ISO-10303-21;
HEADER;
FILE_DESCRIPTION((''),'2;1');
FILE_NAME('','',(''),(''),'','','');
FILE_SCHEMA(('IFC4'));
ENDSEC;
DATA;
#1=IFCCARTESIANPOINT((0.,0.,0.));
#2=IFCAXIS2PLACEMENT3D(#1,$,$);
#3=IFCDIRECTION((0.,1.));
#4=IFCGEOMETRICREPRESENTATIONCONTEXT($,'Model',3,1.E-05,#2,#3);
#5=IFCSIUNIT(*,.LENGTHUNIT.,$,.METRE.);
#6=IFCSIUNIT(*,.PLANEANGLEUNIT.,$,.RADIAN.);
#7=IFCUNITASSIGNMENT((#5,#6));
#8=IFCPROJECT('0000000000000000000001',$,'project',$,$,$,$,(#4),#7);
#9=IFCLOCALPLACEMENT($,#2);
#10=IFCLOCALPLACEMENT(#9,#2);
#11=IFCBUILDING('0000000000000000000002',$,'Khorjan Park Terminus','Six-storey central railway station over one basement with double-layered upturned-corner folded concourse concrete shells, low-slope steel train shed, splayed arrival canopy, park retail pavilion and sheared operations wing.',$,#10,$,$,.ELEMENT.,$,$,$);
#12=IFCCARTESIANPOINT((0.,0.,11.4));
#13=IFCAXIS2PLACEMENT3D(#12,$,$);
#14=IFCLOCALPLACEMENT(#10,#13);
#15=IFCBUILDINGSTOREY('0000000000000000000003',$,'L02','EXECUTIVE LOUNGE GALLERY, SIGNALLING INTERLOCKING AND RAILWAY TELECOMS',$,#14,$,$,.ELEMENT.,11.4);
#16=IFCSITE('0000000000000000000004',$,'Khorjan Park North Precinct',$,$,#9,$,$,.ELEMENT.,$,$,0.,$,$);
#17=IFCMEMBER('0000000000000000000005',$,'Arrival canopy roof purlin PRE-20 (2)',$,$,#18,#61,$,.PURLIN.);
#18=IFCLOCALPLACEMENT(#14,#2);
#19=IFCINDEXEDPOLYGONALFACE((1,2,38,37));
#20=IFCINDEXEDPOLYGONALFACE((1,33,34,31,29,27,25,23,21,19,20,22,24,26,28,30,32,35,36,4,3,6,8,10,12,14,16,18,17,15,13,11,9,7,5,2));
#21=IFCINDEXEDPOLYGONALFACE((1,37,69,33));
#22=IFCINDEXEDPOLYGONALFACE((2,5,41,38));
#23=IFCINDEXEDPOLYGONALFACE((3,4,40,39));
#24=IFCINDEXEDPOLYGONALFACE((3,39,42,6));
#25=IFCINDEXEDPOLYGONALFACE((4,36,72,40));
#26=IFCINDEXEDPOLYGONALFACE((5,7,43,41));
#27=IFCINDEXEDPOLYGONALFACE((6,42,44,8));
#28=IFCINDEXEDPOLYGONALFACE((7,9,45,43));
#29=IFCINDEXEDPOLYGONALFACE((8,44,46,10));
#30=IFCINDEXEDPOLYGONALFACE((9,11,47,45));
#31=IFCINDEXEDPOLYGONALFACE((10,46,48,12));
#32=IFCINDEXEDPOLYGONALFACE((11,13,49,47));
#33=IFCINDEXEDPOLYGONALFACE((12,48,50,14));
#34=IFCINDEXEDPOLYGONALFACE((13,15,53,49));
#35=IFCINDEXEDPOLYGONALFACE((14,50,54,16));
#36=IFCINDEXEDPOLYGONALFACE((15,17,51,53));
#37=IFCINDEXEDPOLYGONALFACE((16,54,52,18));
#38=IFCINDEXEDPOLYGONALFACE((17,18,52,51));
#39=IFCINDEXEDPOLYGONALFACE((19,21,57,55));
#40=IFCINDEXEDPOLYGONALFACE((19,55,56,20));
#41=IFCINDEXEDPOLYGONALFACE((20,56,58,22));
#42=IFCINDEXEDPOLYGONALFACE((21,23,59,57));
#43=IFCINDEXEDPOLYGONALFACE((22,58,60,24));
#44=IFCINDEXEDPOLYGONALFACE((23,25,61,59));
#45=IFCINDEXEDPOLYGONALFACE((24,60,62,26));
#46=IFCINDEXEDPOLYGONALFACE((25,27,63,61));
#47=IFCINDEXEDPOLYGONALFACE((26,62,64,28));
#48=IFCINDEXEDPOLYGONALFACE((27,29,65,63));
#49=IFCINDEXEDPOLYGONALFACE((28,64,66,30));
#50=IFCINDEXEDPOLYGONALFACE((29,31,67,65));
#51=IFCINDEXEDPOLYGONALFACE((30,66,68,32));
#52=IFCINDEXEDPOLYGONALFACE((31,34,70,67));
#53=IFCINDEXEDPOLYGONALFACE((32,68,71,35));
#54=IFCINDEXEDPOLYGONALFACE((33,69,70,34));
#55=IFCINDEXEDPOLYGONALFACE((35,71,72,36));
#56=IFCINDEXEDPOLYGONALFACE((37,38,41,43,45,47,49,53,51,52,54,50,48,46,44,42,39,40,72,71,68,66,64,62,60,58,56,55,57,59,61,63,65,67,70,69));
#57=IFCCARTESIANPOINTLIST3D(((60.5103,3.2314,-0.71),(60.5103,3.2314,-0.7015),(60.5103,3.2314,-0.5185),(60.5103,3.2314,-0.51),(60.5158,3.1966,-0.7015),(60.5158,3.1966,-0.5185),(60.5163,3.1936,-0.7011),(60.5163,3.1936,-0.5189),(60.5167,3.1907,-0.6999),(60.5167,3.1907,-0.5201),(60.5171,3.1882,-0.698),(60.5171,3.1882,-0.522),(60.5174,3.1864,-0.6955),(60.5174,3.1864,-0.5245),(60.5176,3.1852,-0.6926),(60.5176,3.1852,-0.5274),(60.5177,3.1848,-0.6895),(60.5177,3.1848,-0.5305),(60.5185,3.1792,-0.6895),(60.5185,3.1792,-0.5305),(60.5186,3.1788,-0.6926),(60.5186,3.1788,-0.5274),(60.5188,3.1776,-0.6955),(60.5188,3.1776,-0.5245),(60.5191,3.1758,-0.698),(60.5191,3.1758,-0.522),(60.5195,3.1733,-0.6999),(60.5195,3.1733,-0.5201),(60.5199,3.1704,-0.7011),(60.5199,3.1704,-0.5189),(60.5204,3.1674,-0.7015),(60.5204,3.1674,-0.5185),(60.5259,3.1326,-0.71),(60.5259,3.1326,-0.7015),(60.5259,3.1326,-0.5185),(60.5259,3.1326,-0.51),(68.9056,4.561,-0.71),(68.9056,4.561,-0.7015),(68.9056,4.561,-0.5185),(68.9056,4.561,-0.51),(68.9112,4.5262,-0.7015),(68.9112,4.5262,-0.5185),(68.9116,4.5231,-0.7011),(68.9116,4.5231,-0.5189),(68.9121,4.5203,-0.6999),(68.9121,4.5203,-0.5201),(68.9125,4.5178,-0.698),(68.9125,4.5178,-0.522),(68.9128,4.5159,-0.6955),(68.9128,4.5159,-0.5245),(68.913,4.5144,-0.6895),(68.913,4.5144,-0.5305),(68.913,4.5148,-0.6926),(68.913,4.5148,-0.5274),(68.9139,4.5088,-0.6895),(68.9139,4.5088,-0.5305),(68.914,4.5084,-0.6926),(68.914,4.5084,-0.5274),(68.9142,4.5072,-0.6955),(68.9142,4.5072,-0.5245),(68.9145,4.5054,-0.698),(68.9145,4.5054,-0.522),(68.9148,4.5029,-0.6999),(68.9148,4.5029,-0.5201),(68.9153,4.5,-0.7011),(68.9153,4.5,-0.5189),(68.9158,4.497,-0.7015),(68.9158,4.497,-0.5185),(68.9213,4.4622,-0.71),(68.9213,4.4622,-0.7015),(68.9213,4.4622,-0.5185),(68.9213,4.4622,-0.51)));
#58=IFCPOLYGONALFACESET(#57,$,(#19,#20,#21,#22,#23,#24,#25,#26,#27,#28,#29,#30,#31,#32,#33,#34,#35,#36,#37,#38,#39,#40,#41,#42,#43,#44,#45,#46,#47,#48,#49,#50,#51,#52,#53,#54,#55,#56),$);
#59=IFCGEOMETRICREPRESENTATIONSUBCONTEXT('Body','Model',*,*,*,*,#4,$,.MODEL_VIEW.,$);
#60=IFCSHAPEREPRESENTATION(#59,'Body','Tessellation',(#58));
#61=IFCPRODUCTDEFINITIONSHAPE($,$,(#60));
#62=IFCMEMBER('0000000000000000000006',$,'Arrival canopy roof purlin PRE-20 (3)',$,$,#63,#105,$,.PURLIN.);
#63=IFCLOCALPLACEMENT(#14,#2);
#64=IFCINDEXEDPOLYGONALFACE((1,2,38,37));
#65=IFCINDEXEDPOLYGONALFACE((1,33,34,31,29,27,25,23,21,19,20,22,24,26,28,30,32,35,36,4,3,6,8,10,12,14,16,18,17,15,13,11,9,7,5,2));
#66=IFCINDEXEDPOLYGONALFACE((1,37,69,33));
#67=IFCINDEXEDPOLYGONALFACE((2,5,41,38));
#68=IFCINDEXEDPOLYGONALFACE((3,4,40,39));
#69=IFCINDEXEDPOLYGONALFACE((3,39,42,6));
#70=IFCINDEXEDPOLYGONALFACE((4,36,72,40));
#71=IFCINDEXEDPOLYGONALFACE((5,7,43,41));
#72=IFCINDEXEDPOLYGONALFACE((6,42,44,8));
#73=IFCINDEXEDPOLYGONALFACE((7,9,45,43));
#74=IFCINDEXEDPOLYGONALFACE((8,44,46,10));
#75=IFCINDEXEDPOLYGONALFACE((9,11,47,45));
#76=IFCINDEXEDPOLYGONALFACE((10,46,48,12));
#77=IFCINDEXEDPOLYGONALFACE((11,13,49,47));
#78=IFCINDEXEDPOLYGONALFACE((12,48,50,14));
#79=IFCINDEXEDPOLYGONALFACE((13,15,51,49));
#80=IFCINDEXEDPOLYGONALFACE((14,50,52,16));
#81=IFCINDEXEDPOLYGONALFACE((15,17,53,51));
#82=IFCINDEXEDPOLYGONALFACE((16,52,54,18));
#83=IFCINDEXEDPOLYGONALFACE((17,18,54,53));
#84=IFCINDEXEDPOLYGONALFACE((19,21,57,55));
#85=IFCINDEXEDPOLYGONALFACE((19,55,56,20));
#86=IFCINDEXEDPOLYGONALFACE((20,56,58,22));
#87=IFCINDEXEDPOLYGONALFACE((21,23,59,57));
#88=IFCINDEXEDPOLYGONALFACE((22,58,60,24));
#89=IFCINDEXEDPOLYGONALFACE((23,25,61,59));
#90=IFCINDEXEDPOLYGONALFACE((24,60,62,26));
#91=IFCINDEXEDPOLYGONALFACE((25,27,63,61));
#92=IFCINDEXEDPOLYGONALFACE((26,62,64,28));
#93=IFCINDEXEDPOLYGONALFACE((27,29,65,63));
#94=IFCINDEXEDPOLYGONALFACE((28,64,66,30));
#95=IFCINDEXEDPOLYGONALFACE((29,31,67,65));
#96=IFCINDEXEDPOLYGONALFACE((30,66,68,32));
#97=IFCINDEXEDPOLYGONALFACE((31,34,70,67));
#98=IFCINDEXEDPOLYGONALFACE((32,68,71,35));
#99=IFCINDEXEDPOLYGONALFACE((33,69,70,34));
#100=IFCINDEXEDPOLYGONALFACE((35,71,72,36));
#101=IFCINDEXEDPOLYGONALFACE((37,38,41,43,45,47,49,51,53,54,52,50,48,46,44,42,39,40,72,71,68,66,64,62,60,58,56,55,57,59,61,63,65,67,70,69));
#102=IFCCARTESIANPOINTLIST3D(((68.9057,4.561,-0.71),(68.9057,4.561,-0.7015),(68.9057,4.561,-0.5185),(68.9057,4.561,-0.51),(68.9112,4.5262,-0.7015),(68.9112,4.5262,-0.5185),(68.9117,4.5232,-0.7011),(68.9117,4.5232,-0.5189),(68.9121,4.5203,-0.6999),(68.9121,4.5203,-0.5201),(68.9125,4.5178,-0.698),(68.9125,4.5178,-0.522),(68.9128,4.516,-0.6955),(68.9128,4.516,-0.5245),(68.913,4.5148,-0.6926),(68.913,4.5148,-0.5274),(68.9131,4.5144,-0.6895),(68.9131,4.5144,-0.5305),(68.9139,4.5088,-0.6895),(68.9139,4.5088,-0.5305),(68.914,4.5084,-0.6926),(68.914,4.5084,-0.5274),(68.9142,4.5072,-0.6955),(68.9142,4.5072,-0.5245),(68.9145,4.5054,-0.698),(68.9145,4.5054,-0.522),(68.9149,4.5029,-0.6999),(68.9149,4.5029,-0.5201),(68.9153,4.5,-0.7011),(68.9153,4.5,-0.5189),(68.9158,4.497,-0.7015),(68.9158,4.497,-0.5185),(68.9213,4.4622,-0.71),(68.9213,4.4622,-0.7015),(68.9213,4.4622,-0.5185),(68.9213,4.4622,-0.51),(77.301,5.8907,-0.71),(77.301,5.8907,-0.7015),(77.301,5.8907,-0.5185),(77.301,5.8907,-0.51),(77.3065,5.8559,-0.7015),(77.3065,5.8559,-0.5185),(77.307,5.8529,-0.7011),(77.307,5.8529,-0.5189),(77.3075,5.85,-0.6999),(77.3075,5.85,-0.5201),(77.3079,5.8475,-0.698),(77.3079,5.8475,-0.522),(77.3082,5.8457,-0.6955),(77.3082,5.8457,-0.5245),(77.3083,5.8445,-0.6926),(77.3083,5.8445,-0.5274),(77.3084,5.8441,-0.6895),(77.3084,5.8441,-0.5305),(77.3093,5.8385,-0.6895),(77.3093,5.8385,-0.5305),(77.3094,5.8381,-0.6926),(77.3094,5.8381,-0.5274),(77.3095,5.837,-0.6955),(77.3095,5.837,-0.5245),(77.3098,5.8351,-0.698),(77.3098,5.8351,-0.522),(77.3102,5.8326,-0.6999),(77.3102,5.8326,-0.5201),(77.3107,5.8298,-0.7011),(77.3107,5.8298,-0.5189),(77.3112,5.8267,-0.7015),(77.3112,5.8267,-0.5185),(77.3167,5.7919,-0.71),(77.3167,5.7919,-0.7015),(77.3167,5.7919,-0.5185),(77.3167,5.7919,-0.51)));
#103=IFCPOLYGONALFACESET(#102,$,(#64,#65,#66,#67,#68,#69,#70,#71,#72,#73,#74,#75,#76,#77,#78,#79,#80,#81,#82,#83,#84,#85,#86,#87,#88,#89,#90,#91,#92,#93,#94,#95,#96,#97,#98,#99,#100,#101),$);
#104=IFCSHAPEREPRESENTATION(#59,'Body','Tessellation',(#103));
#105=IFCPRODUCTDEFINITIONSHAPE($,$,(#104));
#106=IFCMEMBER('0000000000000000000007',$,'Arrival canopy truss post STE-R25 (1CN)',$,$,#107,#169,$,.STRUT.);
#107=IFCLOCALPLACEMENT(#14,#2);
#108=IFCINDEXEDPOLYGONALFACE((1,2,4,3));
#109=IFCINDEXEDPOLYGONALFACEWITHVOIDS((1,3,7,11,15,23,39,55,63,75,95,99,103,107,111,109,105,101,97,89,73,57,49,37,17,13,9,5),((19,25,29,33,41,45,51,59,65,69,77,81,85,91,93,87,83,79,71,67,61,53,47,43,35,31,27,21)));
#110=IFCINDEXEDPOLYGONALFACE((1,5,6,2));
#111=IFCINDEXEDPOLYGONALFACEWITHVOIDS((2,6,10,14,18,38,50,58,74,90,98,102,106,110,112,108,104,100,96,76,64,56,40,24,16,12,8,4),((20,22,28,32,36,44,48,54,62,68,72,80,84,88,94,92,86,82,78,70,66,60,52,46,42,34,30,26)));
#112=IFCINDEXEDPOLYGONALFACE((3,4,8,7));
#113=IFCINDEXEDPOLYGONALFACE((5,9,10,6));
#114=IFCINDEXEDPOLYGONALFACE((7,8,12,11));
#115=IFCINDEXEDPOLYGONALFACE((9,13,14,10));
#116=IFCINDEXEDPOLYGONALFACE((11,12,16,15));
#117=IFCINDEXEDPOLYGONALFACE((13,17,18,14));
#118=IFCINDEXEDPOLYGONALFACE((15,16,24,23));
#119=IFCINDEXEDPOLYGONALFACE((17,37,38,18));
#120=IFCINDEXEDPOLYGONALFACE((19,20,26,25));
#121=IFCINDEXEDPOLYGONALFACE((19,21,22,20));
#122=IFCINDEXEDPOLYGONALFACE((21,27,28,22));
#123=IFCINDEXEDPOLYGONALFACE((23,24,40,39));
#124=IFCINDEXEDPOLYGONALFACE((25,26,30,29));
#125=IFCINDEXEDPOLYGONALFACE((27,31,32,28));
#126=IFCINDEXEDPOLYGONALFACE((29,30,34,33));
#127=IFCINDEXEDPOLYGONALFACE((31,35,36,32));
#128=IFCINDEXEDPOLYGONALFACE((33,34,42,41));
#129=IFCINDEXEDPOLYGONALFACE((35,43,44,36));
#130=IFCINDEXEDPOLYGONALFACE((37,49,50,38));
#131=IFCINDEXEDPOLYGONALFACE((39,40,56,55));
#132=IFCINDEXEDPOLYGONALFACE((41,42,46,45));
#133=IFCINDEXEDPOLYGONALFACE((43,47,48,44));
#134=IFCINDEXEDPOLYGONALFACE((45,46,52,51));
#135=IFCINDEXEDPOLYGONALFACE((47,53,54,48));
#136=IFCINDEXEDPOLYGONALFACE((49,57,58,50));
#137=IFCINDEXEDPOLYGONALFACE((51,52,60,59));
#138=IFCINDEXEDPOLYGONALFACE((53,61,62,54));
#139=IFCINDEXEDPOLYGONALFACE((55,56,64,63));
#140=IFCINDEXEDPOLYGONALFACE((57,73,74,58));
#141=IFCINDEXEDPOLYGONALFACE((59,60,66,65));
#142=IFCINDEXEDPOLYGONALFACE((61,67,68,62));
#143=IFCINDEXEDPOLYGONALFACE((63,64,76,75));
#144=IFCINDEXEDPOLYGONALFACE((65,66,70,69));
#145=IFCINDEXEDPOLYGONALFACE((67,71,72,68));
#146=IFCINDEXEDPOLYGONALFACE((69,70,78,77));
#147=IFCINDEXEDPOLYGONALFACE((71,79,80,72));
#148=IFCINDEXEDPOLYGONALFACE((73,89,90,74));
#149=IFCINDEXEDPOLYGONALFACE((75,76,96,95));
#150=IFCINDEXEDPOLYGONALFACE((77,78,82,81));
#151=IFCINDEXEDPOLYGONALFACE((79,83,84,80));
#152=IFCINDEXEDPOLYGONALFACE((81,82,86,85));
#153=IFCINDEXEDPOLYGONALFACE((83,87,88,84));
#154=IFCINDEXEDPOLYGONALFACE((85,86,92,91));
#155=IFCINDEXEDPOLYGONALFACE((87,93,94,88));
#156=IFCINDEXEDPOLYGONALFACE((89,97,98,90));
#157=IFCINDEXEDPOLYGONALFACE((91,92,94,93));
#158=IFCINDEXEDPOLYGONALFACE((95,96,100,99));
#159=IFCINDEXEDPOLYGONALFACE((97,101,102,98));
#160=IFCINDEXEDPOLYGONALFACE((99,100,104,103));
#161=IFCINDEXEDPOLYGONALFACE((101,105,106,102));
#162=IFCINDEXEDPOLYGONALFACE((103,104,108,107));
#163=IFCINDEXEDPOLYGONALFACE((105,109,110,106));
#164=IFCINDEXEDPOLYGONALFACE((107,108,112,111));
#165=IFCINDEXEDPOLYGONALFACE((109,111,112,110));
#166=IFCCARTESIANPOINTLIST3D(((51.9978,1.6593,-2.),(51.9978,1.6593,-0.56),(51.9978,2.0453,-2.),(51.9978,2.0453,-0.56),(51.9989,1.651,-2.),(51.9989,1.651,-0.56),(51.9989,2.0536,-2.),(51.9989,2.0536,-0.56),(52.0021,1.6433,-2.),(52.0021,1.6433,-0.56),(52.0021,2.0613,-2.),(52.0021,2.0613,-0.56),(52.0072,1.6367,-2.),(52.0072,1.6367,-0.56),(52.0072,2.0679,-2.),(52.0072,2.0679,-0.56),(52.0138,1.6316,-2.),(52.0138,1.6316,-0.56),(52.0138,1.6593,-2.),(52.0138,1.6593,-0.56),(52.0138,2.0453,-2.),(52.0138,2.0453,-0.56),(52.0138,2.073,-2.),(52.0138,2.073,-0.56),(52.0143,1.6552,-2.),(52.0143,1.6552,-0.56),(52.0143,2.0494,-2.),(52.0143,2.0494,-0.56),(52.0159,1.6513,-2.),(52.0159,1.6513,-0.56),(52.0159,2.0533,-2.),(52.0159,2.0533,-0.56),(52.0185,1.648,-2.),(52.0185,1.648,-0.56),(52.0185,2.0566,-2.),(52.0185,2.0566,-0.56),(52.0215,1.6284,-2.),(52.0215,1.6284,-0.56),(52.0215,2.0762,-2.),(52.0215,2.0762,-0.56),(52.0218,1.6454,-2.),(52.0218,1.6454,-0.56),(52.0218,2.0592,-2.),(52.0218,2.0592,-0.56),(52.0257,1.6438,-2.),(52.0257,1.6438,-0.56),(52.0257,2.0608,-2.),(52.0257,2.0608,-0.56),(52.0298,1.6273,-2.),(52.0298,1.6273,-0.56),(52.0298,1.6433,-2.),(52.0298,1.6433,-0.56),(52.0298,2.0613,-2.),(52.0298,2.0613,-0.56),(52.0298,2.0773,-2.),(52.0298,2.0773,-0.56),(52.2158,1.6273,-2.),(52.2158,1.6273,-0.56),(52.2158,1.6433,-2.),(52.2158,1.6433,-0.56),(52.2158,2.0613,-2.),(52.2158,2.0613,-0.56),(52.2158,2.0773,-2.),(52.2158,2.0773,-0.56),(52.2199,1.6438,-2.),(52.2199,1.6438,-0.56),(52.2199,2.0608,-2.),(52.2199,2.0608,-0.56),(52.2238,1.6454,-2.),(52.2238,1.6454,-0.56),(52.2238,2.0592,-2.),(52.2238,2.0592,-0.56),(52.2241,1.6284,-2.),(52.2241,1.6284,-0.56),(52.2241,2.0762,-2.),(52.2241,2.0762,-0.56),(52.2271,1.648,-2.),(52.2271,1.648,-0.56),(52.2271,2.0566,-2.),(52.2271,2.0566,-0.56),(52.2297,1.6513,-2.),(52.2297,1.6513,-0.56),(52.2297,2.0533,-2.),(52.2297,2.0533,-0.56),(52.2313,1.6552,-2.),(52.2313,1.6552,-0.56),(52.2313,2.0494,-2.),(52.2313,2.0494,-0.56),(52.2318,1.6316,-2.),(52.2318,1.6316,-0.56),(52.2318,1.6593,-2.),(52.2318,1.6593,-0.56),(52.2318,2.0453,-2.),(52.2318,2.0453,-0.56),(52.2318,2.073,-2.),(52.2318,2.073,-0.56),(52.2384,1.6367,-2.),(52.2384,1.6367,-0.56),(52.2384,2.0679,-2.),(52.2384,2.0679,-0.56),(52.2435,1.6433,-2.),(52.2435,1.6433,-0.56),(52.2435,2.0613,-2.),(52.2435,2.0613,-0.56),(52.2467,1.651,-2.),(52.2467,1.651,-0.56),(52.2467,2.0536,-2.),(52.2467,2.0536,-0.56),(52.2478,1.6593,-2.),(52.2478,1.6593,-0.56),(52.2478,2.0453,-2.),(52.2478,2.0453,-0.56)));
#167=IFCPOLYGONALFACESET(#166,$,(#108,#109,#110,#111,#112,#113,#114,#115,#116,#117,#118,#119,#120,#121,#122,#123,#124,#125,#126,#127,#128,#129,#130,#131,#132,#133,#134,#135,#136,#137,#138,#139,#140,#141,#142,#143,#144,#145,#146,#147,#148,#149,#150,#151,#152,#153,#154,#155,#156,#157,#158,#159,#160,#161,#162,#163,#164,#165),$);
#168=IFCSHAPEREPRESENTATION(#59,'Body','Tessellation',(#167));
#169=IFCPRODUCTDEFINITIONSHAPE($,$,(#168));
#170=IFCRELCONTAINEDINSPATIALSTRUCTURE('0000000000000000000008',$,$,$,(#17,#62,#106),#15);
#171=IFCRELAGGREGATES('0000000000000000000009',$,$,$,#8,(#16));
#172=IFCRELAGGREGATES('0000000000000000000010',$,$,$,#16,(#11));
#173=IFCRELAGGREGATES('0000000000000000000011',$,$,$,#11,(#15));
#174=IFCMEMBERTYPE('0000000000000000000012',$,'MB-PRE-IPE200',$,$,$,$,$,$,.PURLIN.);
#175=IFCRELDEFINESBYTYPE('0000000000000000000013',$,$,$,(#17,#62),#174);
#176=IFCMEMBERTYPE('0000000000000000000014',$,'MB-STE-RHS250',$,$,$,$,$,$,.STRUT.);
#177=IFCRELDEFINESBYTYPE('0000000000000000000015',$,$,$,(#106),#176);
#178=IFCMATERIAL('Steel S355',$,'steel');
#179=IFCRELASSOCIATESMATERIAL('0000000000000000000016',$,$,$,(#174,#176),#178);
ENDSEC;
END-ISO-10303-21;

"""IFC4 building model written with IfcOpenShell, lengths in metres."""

from ifc_helpers import new_model, si_unit, direction, frame, origin, origin_2d, place, context, subcontext, project, spatial, hollow_rectangle, i_section, extrude, material, material_profile, profile_set, type_object, element, save


model = new_model("IFC4")

# Units and contexts
model_context = context("Model", 3, precision=1e-05, world=origin(), true_north=direction((0.0, 1.0)))
body_context = subcontext(model_context, "Body", "Model", "MODEL_VIEW")
ifc_project = project(units=[si_unit("LENGTHUNIT", "METRE"), si_unit("PLANEANGLEUNIT", "RADIAN")], contexts=[model_context])

# Site, building, storey
site_placement = place(None, origin())
site = spatial("IfcSite", under=ifc_project, at=site_placement, Name="Khorjan Park North Precinct", CompositionType="ELEMENT", RefElevation=0.0)
building_placement = place(site_placement, origin())
building = spatial("IfcBuilding", under=site, at=building_placement, Name="Khorjan Park Terminus", Description="Six-storey central railway station over one basement with double-layered upturned-corner folded concourse concrete shells, low-slope steel train shed, splayed arrival canopy, park retail pavilion and sheared operations wing.", CompositionType="ELEMENT")
storey_placement = place(building_placement, frame((0.0, 0.0, 11.4)))
storey = spatial("IfcBuildingStorey", under=building, at=storey_placement, Name="L02", Description="EXECUTIVE LOUNGE GALLERY, SIGNALLING INTERLOCKING AND RAILWAY TELECOMS", CompositionType="ELEMENT", Elevation=11.4)

# Members
ifc_material_1 = material(Name="Steel S355", Category="steel")
ifc_material_profile_1 = material_profile(ifc_material_1, i_section(OverallWidth=0.1, OverallDepth=0.2, WebThickness=0.0056, FlangeThickness=0.0085, FilletRadius=0.012, at=origin_2d()), Name="IPE 200")
ifc_profile_set_1 = profile_set([ifc_material_profile_1], Name="Steel S355")
member_type_1 = type_object("IfcMemberType", Name="MB-PRE-IPE200", PredefinedType="PURLIN", material=ifc_profile_set_1)
for number, where, z_axis, x_axis, name in (
    (1, (60.5181, 3.182, -0.61), (0.98769, 0.156423, 0.0), (-0.156423, 0.98769, 0.0), "Arrival canopy roof purlin PRE-20 (2)"),
    (2, (68.9135, 4.5116, -0.61), (0.987688, 0.156436, 0.0), (-0.156436, 0.987688, 0.0), "Arrival canopy roof purlin PRE-20 (3)"),
):
    element("IfcMember", number, at=place(storey_placement, frame(where, z_axis=z_axis, x_axis=x_axis)), inside=storey, type_object=member_type_1, Name=name, PredefinedType="PURLIN", context=body_context, shape_type="SweptSolid", body=[
        extrude(i_section(OverallWidth=0.1, OverallDepth=0.2, WebThickness=0.0056, FlangeThickness=0.0085, FilletRadius=0.012, at=origin_2d()), origin(), (0.0, 0.0, 1.0), 8.5),
    ])
ifc_material_profile_2 = material_profile(ifc_material_1, hollow_rectangle(XDim=0.25, YDim=0.45, WallThickness=0.016, InnerFilletRadius=0.016, OuterFilletRadius=0.032, at=origin_2d()), Name="RHS 450x250x16")
ifc_profile_set_2 = profile_set([ifc_material_profile_2], Name="Steel S355")
member_type_2 = type_object("IfcMemberType", Name="MB-STE-RHS250", PredefinedType="STRUT", material=ifc_profile_set_2)
member_1_placement = place(storey_placement, frame((52.1228, 1.8523, -2.0), z_axis=(0.0, 0.0, 1.0), x_axis=(1.0, 0.0, 0.0)))
element("IfcMember", 3, at=member_1_placement, inside=storey, type_object=member_type_2, Name="Arrival canopy truss post STE-R25 (1CN)", PredefinedType="STRUT", context=body_context, shape_type="SweptSolid", body=[
    extrude(hollow_rectangle(XDim=0.25, YDim=0.45, WallThickness=0.016, InnerFilletRadius=0.016, OuterFilletRadius=0.032, at=origin_2d()), origin(), (0.0, 0.0, 1.0), 1.44),
])

save(model, "model.ifc")
